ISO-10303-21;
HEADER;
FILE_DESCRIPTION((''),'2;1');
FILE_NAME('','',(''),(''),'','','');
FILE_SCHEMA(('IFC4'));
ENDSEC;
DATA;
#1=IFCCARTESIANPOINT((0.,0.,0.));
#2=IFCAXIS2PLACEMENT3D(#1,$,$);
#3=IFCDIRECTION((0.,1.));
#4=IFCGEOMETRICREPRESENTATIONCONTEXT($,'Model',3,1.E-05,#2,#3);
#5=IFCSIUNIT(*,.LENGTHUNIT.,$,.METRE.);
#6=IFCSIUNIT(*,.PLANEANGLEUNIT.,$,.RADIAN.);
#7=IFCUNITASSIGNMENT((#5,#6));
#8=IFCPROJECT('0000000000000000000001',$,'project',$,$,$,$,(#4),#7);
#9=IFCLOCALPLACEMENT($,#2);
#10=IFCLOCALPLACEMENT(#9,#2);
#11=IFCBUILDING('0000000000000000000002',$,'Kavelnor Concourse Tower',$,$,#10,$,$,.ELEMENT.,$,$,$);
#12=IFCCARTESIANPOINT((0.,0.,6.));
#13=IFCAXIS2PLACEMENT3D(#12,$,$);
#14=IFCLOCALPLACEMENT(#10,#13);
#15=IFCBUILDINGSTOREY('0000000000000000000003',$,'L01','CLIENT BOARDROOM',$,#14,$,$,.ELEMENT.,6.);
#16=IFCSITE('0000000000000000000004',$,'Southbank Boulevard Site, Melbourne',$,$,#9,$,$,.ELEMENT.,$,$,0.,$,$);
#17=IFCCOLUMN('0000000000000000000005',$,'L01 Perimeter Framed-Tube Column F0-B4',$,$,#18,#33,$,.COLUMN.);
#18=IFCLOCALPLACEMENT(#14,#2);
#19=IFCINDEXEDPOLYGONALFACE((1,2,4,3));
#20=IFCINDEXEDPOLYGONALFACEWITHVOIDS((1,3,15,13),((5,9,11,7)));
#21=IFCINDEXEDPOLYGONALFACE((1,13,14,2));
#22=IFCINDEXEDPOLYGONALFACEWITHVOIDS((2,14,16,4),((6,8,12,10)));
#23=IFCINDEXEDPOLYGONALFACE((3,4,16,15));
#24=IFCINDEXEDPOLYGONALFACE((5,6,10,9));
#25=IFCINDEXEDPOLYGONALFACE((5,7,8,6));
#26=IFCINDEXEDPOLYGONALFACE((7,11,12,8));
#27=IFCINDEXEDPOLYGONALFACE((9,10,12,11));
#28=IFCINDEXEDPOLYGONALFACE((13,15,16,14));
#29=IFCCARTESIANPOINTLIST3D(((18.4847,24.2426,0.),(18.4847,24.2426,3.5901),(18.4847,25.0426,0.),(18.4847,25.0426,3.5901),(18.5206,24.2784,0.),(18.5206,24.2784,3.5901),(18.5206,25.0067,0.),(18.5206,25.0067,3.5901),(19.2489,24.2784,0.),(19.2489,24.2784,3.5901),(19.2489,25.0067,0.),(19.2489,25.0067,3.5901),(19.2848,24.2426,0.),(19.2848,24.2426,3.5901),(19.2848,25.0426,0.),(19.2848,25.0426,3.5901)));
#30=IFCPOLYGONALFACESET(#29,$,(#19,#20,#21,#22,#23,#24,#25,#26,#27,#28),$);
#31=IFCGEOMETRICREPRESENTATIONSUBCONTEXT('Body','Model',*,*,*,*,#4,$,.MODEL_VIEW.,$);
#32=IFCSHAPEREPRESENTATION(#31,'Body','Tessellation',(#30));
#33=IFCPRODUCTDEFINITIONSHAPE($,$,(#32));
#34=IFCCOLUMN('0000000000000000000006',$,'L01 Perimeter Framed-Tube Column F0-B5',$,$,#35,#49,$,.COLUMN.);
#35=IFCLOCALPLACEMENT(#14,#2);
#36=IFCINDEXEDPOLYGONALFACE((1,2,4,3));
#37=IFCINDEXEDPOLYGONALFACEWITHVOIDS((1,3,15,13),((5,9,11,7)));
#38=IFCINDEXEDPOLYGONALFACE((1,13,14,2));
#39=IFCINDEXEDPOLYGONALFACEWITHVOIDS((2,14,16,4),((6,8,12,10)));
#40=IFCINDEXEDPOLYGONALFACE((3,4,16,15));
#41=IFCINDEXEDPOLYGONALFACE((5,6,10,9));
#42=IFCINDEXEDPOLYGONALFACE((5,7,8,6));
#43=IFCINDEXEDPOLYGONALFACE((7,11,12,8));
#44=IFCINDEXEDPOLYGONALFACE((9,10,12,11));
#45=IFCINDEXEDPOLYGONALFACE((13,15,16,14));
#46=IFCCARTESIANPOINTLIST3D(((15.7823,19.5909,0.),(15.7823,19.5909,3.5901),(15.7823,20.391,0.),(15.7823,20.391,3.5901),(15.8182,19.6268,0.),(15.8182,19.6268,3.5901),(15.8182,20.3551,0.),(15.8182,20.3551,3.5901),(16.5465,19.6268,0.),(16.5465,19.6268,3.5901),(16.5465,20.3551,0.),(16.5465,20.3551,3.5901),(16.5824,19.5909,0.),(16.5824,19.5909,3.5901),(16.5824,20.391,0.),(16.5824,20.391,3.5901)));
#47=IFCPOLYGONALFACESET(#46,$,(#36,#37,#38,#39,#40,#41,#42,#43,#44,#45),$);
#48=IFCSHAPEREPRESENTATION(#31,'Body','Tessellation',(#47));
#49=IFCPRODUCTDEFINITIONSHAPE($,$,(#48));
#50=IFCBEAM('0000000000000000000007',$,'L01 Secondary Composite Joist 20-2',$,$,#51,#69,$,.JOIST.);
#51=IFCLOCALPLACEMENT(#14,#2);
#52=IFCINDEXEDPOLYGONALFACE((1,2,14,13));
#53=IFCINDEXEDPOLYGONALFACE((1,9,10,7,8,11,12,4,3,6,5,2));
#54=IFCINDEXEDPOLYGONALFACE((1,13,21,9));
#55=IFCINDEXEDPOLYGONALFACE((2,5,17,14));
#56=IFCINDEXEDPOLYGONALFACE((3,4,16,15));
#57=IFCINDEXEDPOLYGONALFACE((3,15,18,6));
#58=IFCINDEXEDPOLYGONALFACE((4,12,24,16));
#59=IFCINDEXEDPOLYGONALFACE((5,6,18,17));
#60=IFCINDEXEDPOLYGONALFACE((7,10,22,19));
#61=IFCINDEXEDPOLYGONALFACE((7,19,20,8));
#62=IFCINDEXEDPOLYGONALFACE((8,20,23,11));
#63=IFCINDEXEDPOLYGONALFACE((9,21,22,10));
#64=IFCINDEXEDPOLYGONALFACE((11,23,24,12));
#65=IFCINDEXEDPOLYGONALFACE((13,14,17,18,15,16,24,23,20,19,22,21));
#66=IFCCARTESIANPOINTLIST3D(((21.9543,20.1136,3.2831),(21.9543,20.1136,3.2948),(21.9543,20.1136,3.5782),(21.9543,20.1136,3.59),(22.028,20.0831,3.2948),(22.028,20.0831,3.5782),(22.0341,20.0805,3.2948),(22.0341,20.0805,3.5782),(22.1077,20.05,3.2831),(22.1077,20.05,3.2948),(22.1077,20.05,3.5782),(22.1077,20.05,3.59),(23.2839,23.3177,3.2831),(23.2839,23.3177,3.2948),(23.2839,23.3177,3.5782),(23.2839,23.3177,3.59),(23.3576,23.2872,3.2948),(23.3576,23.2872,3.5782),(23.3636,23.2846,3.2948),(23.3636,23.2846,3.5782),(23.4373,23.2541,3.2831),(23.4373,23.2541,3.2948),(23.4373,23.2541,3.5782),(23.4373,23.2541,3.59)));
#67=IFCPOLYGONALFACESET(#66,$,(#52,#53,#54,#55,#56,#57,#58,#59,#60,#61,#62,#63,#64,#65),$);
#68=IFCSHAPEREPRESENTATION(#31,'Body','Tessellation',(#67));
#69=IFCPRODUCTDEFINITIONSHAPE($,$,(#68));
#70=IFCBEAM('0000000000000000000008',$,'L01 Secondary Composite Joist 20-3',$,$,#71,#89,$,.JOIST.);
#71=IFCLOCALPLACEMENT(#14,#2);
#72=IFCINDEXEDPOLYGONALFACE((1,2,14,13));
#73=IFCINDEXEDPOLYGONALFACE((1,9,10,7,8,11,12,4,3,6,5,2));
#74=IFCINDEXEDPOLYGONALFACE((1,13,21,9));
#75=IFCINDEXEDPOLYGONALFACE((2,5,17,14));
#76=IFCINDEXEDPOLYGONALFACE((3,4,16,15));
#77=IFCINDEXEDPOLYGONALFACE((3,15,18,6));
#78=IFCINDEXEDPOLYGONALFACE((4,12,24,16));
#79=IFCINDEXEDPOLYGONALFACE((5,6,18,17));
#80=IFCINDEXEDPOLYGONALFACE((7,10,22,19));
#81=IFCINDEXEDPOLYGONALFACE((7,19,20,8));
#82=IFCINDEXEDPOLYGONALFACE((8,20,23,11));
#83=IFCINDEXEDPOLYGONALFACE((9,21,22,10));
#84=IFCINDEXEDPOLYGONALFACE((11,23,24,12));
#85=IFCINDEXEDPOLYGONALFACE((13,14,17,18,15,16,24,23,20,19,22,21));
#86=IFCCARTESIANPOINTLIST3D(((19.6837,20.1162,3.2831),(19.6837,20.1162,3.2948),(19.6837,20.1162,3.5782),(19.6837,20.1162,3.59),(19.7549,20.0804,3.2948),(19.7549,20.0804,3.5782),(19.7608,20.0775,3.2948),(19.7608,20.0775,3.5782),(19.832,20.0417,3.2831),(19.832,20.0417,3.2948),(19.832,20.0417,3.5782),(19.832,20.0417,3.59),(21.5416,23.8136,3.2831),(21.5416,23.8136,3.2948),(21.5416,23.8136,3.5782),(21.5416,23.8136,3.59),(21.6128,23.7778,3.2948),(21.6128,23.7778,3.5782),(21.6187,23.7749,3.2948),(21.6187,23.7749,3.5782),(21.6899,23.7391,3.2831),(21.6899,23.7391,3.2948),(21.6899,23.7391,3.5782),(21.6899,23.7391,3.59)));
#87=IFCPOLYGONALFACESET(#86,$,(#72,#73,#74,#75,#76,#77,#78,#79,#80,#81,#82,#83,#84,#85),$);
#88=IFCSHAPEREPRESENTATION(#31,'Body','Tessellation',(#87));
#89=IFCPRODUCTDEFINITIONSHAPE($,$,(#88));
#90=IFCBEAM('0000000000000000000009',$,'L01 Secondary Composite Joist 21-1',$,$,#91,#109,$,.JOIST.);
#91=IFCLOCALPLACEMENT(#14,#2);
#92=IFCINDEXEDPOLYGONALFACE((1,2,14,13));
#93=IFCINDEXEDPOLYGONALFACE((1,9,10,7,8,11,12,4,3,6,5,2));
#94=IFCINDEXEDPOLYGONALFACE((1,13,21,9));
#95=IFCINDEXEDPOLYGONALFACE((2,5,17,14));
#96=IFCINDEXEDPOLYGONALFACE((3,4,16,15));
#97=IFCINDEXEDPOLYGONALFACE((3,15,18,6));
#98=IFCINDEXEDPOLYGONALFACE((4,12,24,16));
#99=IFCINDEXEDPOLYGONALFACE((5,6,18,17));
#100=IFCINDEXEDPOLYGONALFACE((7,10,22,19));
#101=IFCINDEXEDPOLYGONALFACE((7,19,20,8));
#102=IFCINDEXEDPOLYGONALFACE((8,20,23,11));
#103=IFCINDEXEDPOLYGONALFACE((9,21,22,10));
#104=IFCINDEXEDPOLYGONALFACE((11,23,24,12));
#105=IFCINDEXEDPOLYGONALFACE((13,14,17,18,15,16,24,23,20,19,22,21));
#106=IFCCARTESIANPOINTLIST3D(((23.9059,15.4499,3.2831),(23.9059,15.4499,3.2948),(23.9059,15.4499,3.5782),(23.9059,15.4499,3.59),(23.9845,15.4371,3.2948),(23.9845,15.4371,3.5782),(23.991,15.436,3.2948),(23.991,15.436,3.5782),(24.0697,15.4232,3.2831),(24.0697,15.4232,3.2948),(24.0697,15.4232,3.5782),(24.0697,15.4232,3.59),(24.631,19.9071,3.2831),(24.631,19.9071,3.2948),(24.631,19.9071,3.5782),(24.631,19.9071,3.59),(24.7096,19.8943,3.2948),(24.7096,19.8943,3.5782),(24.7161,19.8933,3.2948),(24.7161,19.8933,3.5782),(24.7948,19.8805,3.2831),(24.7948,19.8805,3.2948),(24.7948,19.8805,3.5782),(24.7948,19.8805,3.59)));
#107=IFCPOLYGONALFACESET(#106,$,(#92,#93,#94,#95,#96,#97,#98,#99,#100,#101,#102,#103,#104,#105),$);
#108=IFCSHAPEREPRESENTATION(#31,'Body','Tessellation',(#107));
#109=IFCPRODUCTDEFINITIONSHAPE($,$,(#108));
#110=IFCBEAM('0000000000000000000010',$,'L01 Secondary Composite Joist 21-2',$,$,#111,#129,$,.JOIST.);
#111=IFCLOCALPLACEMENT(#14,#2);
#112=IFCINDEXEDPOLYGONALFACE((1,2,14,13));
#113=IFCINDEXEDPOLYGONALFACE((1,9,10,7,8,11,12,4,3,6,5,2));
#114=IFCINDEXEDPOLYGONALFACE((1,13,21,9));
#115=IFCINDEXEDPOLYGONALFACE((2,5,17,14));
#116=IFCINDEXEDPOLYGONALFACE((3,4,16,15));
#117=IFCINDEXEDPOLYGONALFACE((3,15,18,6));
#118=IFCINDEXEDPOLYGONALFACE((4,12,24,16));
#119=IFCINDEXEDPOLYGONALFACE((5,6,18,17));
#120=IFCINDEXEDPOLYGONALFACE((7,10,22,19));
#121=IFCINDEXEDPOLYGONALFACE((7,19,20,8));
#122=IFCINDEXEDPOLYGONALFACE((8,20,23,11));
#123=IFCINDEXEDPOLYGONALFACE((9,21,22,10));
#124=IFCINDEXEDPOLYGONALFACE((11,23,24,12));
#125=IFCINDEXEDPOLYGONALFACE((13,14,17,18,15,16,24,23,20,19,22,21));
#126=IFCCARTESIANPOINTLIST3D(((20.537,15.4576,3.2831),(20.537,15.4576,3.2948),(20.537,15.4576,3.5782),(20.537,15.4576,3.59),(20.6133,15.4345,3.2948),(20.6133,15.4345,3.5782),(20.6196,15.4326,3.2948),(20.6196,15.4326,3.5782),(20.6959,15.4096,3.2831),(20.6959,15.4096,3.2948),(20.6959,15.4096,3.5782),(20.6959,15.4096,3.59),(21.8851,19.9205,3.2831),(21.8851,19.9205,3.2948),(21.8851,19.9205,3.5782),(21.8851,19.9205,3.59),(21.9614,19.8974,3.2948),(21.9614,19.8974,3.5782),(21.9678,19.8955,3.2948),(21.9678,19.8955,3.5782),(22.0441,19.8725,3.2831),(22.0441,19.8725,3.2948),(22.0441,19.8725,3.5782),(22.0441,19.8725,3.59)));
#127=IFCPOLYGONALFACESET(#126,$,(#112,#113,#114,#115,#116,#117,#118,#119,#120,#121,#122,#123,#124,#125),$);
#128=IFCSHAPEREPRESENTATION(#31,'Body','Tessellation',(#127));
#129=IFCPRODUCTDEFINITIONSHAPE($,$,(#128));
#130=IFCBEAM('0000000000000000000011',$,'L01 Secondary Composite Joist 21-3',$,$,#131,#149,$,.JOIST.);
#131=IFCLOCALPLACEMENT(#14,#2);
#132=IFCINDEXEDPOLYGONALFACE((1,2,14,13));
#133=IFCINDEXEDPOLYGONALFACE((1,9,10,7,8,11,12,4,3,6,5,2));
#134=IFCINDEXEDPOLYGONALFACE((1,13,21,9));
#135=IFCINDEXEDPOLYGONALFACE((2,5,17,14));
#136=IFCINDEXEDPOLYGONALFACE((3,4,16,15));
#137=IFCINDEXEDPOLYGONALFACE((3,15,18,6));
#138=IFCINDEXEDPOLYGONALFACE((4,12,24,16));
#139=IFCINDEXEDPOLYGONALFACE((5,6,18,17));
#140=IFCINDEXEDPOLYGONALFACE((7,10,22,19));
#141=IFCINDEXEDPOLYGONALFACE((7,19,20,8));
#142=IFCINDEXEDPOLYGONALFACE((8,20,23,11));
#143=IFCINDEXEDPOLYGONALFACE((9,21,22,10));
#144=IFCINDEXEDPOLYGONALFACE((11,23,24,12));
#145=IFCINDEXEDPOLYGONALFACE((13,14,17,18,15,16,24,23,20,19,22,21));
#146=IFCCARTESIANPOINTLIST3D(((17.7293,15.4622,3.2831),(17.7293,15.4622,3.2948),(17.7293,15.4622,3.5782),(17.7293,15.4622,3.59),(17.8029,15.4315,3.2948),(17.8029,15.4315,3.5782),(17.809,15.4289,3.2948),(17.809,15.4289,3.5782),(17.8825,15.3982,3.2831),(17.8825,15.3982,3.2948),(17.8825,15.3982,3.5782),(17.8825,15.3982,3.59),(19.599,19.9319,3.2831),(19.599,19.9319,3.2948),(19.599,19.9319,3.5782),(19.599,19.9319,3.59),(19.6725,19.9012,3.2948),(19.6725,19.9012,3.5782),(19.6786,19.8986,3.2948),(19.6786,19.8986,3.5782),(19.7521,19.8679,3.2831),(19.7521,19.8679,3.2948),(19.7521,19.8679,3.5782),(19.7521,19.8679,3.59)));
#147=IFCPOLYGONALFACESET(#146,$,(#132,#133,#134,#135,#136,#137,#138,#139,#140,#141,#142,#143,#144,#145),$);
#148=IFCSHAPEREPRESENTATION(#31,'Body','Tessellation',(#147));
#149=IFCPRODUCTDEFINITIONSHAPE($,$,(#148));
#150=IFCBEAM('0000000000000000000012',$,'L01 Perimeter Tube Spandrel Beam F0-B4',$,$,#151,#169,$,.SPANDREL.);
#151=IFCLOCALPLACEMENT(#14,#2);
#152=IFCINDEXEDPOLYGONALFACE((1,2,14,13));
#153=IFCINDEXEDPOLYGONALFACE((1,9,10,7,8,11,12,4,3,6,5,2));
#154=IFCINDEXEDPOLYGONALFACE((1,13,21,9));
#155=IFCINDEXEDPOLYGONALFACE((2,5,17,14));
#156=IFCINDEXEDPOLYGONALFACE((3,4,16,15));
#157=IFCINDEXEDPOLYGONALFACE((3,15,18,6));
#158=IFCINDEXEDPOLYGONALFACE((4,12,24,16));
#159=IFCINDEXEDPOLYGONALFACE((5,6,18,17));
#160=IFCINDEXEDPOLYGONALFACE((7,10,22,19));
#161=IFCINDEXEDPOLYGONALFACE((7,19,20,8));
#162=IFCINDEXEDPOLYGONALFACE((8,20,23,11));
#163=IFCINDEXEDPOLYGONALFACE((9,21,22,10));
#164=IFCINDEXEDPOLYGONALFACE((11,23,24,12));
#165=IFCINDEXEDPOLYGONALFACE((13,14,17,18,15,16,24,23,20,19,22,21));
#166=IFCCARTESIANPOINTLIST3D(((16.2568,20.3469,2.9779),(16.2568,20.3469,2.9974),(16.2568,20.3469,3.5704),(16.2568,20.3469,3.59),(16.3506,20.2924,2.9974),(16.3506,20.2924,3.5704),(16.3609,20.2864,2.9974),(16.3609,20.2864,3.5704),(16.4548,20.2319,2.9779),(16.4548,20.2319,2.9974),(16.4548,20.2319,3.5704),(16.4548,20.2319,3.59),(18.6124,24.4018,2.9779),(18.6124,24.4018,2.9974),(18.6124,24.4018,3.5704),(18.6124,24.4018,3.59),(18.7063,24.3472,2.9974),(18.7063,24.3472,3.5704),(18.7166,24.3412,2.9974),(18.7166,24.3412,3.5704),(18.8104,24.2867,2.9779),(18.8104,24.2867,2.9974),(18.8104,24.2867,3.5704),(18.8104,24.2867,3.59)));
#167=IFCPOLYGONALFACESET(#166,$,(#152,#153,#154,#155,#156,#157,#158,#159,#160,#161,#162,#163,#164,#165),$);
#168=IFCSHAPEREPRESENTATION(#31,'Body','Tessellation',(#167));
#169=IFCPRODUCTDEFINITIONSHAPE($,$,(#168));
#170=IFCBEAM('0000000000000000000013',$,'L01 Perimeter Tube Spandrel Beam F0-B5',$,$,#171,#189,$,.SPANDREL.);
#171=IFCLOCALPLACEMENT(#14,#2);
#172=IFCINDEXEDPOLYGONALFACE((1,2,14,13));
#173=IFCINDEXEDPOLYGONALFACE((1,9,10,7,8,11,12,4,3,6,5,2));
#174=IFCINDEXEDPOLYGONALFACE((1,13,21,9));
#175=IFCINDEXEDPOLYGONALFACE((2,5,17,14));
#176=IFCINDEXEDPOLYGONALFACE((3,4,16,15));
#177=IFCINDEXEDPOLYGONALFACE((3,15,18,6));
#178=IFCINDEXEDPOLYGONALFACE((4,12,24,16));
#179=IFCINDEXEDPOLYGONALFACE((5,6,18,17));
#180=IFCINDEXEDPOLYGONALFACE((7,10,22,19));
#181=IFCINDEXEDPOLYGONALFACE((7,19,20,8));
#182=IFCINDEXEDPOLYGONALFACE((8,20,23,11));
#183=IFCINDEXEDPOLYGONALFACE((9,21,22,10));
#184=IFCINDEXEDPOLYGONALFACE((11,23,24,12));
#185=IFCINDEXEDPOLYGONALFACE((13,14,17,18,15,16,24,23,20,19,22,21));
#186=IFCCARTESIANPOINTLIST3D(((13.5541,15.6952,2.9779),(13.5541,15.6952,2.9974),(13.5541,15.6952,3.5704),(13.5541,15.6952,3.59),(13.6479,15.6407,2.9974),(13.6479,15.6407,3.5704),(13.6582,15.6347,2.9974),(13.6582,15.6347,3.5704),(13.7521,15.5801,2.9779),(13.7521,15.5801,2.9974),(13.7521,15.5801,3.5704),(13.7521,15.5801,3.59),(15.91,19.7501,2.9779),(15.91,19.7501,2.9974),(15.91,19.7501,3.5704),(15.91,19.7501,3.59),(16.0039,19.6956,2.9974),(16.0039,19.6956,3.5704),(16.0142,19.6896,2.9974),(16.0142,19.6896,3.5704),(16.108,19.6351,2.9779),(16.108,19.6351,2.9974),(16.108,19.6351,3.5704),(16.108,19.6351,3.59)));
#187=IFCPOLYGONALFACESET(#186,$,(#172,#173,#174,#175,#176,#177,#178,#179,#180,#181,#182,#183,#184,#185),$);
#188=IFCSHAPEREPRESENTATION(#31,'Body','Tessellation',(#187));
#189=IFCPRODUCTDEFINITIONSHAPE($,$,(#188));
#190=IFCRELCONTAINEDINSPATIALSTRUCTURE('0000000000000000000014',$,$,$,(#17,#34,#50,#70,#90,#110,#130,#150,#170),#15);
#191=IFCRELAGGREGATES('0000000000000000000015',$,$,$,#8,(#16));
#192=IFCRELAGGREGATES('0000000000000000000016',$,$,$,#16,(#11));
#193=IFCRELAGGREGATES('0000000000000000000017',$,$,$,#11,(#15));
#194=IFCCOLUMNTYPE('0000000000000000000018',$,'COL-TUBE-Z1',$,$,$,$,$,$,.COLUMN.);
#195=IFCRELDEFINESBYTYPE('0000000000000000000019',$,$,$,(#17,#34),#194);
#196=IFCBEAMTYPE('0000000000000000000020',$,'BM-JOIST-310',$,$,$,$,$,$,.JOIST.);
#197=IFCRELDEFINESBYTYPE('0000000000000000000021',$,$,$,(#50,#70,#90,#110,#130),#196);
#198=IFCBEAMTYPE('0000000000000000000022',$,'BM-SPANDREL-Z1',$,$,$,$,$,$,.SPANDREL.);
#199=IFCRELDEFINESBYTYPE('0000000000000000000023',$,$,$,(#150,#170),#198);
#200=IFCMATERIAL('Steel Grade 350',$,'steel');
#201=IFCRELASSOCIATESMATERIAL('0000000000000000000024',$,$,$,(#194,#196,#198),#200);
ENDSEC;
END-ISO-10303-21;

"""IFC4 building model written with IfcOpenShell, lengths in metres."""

from ifc_helpers import new_model, si_unit, direction, frame, origin, origin_2d, place, context, subcontext, project, spatial, hollow_rectangle, i_section, extrude, material, material_profile, profile_set, type_object, element, save


model = new_model("IFC4")

# Units and contexts
model_context = context("Model", 3, precision=1e-05, world=origin(), true_north=direction((0.0, 1.0)))
body_context = subcontext(model_context, "Body", "Model", "MODEL_VIEW")
ifc_project = project(units=[si_unit("LENGTHUNIT", "METRE"), si_unit("PLANEANGLEUNIT", "RADIAN")], contexts=[model_context])

# Site, building, storey
site_placement = place(None, origin())
site = spatial("IfcSite", under=ifc_project, at=site_placement, Name="Southbank Boulevard Site, Melbourne", CompositionType="ELEMENT", RefElevation=0.0)
building_placement = place(site_placement, origin())
building = spatial("IfcBuilding", under=site, at=building_placement, Name="Kavelnor Concourse Tower", CompositionType="ELEMENT")
storey_placement = place(building_placement, frame((0.0, 0.0, 6.0)))
storey = spatial("IfcBuildingStorey", under=building, at=storey_placement, Name="L01", Description="CLIENT BOARDROOM", CompositionType="ELEMENT", Elevation=6.0)

# Columns
ifc_material_1 = material(Name="Steel Grade 350", Category="steel")
ifc_material_profile_1 = material_profile(ifc_material_1, hollow_rectangle(XDim=0.8, YDim=0.8, WallThickness=0.0359, at=origin_2d()), Name="SHS 800x800x36")
ifc_profile_set_1 = profile_set([ifc_material_profile_1], Name="Steel Grade 350")
column_type = type_object("IfcColumnType", Name="COL-TUBE-Z1", PredefinedType="COLUMN", material=ifc_profile_set_1)
for number, where, z_axis, x_axis, name in (
    (1, (18.8848, 24.6426, 0.0), (0.0, 0.0, 1.0), (1.0, 0.0, 0.0), "L01 Perimeter Framed-Tube Column F0-B4"),
    (2, (16.1824, 19.991, 0.0), (0.0, 0.0, 1.0), (1.0, 0.0, 0.0), "L01 Perimeter Framed-Tube Column F0-B5"),
):
    element("IfcColumn", number, at=place(storey_placement, frame(where, z_axis=z_axis, x_axis=x_axis)), inside=storey, type_object=column_type, Name=name, PredefinedType="COLUMN", context=body_context, shape_type="SweptSolid", body=[
        extrude(hollow_rectangle(XDim=0.8, YDim=0.8, WallThickness=0.0359, at=origin_2d()), origin(), (0.0, 0.0, 1.0), 3.5901),
    ])

# Beams
ifc_material_profile_2 = material_profile(ifc_material_1, i_section(OverallWidth=0.166, OverallDepth=0.3069, WebThickness=0.0066, FlangeThickness=0.0117, at=origin_2d()), Name="310UB46")
ifc_profile_set_2 = profile_set([ifc_material_profile_2], Name="Steel Grade 350")
beam_type_1 = type_object("IfcBeamType", Name="BM-JOIST-310", PredefinedType="JOIST", material=ifc_profile_set_2)
beam_1_placement = place(storey_placement, frame((23.3606, 23.2859, 3.4365), z_axis=(-0.383276, -0.923634, 0.0), x_axis=(0.923634, -0.383276, 0.0)))
element("IfcBeam", 3, at=beam_1_placement, inside=storey, type_object=beam_type_1, Name="L01 Secondary Composite Joist 20-2", PredefinedType="JOIST", context=body_context, shape_type="SweptSolid", body=[
    extrude(i_section(OverallWidth=0.166, OverallDepth=0.3069, WebThickness=0.0066, FlangeThickness=0.0117, at=origin_2d()), origin(), (0.0, 0.0, 1.0), 3.469),
])
beam_2_placement = place(storey_placement, frame((21.6157, 23.7764, 3.4365), z_axis=(-0.448983, -0.89354, 0.0), x_axis=(0.89354, -0.448983, 0.0)))
element("IfcBeam", 4, at=beam_2_placement, inside=storey, type_object=beam_type_1, Name="L01 Secondary Composite Joist 20-3", PredefinedType="JOIST", context=body_context, shape_type="SweptSolid", body=[
    extrude(i_section(OverallWidth=0.166, OverallDepth=0.3069, WebThickness=0.0066, FlangeThickness=0.0117, at=origin_2d()), origin(), (0.0, 0.0, 1.0), 4.1379),
])
beam_3_placement = place(storey_placement, frame((24.7129, 19.8938, 3.4365), z_axis=(-0.160567, -0.987025, 0.0), x_axis=(0.987025, -0.160567, 0.0)))
element("IfcBeam", 5, at=beam_3_placement, inside=storey, type_object=beam_type_1, Name="L01 Secondary Composite Joist 21-1", PredefinedType="JOIST", context=body_context, shape_type="SweptSolid", body=[
    extrude(i_section(OverallWidth=0.166, OverallDepth=0.3069, WebThickness=0.0066, FlangeThickness=0.0117, at=origin_2d()), origin(), (0.0, 0.0, 1.0), 4.5159),
])
beam_4_placement = place(storey_placement, frame((21.9646, 19.8965, 3.4365), z_axis=(-0.289173, -0.957277, 0.0), x_axis=(0.957277, -0.289173, 0.0)))
element("IfcBeam", 6, at=beam_4_placement, inside=storey, type_object=beam_type_1, Name="L01 Secondary Composite Joist 21-2", PredefinedType="JOIST", context=body_context, shape_type="SweptSolid", body=[
    extrude(i_section(OverallWidth=0.166, OverallDepth=0.3069, WebThickness=0.0066, FlangeThickness=0.0117, at=origin_2d()), origin(), (0.0, 0.0, 1.0), 4.6621),
])
beam_5_placement = place(storey_placement, frame((19.6755, 19.8999, 3.4365), z_axis=(-0.385889, -0.922545, 0.0), x_axis=(0.922545, -0.385889, 0.0)))
element("IfcBeam", 7, at=beam_5_placement, inside=storey, type_object=beam_type_1, Name="L01 Secondary Composite Joist 21-3", PredefinedType="JOIST", context=body_context, shape_type="SweptSolid", body=[
    extrude(i_section(OverallWidth=0.166, OverallDepth=0.3069, WebThickness=0.0066, FlangeThickness=0.0117, at=origin_2d()), origin(), (0.0, 0.0, 1.0), 4.845),
])
ifc_material_profile_3 = material_profile(ifc_material_1, i_section(OverallWidth=0.229, OverallDepth=0.6121, WebThickness=0.012, FlangeThickness=0.0195, at=origin_2d()), Name="610UB125")
ifc_profile_set_3 = profile_set([ifc_material_profile_3], Name="Steel Grade 350")
beam_type_2 = type_object("IfcBeamType", Name="BM-SPANDREL-Z1", PredefinedType="SPANDREL", material=ifc_profile_set_3)
beam_6_placement = place(storey_placement, frame((18.7114, 24.3442, 3.2839), z_axis=(-0.502333, -0.864674, 0.0), x_axis=(0.864674, -0.502333, 0.0)))
element("IfcBeam", 8, at=beam_6_placement, inside=storey, type_object=beam_type_2, Name="L01 Perimeter Tube Spandrel Beam F0-B4", PredefinedType="SPANDREL", context=body_context, shape_type="SweptSolid", body=[
    extrude(i_section(OverallWidth=0.229, OverallDepth=0.6121, WebThickness=0.012, FlangeThickness=0.0195, at=origin_2d()), origin(), (0.0, 0.0, 1.0), 4.6895),
])
beam_7_placement = place(storey_placement, frame((16.009, 19.6926, 3.2839), z_axis=(-0.502372, -0.864652, 0.0), x_axis=(0.864652, -0.502372, 0.0)))
element("IfcBeam", 9, at=beam_7_placement, inside=storey, type_object=beam_type_2, Name="L01 Perimeter Tube Spandrel Beam F0-B5", PredefinedType="SPANDREL", context=body_context, shape_type="SweptSolid", body=[
    extrude(i_section(OverallWidth=0.229, OverallDepth=0.6121, WebThickness=0.012, FlangeThickness=0.0195, at=origin_2d()), origin(), (0.0, 0.0, 1.0), 4.6897),
])

save(model, "model.ifc")
